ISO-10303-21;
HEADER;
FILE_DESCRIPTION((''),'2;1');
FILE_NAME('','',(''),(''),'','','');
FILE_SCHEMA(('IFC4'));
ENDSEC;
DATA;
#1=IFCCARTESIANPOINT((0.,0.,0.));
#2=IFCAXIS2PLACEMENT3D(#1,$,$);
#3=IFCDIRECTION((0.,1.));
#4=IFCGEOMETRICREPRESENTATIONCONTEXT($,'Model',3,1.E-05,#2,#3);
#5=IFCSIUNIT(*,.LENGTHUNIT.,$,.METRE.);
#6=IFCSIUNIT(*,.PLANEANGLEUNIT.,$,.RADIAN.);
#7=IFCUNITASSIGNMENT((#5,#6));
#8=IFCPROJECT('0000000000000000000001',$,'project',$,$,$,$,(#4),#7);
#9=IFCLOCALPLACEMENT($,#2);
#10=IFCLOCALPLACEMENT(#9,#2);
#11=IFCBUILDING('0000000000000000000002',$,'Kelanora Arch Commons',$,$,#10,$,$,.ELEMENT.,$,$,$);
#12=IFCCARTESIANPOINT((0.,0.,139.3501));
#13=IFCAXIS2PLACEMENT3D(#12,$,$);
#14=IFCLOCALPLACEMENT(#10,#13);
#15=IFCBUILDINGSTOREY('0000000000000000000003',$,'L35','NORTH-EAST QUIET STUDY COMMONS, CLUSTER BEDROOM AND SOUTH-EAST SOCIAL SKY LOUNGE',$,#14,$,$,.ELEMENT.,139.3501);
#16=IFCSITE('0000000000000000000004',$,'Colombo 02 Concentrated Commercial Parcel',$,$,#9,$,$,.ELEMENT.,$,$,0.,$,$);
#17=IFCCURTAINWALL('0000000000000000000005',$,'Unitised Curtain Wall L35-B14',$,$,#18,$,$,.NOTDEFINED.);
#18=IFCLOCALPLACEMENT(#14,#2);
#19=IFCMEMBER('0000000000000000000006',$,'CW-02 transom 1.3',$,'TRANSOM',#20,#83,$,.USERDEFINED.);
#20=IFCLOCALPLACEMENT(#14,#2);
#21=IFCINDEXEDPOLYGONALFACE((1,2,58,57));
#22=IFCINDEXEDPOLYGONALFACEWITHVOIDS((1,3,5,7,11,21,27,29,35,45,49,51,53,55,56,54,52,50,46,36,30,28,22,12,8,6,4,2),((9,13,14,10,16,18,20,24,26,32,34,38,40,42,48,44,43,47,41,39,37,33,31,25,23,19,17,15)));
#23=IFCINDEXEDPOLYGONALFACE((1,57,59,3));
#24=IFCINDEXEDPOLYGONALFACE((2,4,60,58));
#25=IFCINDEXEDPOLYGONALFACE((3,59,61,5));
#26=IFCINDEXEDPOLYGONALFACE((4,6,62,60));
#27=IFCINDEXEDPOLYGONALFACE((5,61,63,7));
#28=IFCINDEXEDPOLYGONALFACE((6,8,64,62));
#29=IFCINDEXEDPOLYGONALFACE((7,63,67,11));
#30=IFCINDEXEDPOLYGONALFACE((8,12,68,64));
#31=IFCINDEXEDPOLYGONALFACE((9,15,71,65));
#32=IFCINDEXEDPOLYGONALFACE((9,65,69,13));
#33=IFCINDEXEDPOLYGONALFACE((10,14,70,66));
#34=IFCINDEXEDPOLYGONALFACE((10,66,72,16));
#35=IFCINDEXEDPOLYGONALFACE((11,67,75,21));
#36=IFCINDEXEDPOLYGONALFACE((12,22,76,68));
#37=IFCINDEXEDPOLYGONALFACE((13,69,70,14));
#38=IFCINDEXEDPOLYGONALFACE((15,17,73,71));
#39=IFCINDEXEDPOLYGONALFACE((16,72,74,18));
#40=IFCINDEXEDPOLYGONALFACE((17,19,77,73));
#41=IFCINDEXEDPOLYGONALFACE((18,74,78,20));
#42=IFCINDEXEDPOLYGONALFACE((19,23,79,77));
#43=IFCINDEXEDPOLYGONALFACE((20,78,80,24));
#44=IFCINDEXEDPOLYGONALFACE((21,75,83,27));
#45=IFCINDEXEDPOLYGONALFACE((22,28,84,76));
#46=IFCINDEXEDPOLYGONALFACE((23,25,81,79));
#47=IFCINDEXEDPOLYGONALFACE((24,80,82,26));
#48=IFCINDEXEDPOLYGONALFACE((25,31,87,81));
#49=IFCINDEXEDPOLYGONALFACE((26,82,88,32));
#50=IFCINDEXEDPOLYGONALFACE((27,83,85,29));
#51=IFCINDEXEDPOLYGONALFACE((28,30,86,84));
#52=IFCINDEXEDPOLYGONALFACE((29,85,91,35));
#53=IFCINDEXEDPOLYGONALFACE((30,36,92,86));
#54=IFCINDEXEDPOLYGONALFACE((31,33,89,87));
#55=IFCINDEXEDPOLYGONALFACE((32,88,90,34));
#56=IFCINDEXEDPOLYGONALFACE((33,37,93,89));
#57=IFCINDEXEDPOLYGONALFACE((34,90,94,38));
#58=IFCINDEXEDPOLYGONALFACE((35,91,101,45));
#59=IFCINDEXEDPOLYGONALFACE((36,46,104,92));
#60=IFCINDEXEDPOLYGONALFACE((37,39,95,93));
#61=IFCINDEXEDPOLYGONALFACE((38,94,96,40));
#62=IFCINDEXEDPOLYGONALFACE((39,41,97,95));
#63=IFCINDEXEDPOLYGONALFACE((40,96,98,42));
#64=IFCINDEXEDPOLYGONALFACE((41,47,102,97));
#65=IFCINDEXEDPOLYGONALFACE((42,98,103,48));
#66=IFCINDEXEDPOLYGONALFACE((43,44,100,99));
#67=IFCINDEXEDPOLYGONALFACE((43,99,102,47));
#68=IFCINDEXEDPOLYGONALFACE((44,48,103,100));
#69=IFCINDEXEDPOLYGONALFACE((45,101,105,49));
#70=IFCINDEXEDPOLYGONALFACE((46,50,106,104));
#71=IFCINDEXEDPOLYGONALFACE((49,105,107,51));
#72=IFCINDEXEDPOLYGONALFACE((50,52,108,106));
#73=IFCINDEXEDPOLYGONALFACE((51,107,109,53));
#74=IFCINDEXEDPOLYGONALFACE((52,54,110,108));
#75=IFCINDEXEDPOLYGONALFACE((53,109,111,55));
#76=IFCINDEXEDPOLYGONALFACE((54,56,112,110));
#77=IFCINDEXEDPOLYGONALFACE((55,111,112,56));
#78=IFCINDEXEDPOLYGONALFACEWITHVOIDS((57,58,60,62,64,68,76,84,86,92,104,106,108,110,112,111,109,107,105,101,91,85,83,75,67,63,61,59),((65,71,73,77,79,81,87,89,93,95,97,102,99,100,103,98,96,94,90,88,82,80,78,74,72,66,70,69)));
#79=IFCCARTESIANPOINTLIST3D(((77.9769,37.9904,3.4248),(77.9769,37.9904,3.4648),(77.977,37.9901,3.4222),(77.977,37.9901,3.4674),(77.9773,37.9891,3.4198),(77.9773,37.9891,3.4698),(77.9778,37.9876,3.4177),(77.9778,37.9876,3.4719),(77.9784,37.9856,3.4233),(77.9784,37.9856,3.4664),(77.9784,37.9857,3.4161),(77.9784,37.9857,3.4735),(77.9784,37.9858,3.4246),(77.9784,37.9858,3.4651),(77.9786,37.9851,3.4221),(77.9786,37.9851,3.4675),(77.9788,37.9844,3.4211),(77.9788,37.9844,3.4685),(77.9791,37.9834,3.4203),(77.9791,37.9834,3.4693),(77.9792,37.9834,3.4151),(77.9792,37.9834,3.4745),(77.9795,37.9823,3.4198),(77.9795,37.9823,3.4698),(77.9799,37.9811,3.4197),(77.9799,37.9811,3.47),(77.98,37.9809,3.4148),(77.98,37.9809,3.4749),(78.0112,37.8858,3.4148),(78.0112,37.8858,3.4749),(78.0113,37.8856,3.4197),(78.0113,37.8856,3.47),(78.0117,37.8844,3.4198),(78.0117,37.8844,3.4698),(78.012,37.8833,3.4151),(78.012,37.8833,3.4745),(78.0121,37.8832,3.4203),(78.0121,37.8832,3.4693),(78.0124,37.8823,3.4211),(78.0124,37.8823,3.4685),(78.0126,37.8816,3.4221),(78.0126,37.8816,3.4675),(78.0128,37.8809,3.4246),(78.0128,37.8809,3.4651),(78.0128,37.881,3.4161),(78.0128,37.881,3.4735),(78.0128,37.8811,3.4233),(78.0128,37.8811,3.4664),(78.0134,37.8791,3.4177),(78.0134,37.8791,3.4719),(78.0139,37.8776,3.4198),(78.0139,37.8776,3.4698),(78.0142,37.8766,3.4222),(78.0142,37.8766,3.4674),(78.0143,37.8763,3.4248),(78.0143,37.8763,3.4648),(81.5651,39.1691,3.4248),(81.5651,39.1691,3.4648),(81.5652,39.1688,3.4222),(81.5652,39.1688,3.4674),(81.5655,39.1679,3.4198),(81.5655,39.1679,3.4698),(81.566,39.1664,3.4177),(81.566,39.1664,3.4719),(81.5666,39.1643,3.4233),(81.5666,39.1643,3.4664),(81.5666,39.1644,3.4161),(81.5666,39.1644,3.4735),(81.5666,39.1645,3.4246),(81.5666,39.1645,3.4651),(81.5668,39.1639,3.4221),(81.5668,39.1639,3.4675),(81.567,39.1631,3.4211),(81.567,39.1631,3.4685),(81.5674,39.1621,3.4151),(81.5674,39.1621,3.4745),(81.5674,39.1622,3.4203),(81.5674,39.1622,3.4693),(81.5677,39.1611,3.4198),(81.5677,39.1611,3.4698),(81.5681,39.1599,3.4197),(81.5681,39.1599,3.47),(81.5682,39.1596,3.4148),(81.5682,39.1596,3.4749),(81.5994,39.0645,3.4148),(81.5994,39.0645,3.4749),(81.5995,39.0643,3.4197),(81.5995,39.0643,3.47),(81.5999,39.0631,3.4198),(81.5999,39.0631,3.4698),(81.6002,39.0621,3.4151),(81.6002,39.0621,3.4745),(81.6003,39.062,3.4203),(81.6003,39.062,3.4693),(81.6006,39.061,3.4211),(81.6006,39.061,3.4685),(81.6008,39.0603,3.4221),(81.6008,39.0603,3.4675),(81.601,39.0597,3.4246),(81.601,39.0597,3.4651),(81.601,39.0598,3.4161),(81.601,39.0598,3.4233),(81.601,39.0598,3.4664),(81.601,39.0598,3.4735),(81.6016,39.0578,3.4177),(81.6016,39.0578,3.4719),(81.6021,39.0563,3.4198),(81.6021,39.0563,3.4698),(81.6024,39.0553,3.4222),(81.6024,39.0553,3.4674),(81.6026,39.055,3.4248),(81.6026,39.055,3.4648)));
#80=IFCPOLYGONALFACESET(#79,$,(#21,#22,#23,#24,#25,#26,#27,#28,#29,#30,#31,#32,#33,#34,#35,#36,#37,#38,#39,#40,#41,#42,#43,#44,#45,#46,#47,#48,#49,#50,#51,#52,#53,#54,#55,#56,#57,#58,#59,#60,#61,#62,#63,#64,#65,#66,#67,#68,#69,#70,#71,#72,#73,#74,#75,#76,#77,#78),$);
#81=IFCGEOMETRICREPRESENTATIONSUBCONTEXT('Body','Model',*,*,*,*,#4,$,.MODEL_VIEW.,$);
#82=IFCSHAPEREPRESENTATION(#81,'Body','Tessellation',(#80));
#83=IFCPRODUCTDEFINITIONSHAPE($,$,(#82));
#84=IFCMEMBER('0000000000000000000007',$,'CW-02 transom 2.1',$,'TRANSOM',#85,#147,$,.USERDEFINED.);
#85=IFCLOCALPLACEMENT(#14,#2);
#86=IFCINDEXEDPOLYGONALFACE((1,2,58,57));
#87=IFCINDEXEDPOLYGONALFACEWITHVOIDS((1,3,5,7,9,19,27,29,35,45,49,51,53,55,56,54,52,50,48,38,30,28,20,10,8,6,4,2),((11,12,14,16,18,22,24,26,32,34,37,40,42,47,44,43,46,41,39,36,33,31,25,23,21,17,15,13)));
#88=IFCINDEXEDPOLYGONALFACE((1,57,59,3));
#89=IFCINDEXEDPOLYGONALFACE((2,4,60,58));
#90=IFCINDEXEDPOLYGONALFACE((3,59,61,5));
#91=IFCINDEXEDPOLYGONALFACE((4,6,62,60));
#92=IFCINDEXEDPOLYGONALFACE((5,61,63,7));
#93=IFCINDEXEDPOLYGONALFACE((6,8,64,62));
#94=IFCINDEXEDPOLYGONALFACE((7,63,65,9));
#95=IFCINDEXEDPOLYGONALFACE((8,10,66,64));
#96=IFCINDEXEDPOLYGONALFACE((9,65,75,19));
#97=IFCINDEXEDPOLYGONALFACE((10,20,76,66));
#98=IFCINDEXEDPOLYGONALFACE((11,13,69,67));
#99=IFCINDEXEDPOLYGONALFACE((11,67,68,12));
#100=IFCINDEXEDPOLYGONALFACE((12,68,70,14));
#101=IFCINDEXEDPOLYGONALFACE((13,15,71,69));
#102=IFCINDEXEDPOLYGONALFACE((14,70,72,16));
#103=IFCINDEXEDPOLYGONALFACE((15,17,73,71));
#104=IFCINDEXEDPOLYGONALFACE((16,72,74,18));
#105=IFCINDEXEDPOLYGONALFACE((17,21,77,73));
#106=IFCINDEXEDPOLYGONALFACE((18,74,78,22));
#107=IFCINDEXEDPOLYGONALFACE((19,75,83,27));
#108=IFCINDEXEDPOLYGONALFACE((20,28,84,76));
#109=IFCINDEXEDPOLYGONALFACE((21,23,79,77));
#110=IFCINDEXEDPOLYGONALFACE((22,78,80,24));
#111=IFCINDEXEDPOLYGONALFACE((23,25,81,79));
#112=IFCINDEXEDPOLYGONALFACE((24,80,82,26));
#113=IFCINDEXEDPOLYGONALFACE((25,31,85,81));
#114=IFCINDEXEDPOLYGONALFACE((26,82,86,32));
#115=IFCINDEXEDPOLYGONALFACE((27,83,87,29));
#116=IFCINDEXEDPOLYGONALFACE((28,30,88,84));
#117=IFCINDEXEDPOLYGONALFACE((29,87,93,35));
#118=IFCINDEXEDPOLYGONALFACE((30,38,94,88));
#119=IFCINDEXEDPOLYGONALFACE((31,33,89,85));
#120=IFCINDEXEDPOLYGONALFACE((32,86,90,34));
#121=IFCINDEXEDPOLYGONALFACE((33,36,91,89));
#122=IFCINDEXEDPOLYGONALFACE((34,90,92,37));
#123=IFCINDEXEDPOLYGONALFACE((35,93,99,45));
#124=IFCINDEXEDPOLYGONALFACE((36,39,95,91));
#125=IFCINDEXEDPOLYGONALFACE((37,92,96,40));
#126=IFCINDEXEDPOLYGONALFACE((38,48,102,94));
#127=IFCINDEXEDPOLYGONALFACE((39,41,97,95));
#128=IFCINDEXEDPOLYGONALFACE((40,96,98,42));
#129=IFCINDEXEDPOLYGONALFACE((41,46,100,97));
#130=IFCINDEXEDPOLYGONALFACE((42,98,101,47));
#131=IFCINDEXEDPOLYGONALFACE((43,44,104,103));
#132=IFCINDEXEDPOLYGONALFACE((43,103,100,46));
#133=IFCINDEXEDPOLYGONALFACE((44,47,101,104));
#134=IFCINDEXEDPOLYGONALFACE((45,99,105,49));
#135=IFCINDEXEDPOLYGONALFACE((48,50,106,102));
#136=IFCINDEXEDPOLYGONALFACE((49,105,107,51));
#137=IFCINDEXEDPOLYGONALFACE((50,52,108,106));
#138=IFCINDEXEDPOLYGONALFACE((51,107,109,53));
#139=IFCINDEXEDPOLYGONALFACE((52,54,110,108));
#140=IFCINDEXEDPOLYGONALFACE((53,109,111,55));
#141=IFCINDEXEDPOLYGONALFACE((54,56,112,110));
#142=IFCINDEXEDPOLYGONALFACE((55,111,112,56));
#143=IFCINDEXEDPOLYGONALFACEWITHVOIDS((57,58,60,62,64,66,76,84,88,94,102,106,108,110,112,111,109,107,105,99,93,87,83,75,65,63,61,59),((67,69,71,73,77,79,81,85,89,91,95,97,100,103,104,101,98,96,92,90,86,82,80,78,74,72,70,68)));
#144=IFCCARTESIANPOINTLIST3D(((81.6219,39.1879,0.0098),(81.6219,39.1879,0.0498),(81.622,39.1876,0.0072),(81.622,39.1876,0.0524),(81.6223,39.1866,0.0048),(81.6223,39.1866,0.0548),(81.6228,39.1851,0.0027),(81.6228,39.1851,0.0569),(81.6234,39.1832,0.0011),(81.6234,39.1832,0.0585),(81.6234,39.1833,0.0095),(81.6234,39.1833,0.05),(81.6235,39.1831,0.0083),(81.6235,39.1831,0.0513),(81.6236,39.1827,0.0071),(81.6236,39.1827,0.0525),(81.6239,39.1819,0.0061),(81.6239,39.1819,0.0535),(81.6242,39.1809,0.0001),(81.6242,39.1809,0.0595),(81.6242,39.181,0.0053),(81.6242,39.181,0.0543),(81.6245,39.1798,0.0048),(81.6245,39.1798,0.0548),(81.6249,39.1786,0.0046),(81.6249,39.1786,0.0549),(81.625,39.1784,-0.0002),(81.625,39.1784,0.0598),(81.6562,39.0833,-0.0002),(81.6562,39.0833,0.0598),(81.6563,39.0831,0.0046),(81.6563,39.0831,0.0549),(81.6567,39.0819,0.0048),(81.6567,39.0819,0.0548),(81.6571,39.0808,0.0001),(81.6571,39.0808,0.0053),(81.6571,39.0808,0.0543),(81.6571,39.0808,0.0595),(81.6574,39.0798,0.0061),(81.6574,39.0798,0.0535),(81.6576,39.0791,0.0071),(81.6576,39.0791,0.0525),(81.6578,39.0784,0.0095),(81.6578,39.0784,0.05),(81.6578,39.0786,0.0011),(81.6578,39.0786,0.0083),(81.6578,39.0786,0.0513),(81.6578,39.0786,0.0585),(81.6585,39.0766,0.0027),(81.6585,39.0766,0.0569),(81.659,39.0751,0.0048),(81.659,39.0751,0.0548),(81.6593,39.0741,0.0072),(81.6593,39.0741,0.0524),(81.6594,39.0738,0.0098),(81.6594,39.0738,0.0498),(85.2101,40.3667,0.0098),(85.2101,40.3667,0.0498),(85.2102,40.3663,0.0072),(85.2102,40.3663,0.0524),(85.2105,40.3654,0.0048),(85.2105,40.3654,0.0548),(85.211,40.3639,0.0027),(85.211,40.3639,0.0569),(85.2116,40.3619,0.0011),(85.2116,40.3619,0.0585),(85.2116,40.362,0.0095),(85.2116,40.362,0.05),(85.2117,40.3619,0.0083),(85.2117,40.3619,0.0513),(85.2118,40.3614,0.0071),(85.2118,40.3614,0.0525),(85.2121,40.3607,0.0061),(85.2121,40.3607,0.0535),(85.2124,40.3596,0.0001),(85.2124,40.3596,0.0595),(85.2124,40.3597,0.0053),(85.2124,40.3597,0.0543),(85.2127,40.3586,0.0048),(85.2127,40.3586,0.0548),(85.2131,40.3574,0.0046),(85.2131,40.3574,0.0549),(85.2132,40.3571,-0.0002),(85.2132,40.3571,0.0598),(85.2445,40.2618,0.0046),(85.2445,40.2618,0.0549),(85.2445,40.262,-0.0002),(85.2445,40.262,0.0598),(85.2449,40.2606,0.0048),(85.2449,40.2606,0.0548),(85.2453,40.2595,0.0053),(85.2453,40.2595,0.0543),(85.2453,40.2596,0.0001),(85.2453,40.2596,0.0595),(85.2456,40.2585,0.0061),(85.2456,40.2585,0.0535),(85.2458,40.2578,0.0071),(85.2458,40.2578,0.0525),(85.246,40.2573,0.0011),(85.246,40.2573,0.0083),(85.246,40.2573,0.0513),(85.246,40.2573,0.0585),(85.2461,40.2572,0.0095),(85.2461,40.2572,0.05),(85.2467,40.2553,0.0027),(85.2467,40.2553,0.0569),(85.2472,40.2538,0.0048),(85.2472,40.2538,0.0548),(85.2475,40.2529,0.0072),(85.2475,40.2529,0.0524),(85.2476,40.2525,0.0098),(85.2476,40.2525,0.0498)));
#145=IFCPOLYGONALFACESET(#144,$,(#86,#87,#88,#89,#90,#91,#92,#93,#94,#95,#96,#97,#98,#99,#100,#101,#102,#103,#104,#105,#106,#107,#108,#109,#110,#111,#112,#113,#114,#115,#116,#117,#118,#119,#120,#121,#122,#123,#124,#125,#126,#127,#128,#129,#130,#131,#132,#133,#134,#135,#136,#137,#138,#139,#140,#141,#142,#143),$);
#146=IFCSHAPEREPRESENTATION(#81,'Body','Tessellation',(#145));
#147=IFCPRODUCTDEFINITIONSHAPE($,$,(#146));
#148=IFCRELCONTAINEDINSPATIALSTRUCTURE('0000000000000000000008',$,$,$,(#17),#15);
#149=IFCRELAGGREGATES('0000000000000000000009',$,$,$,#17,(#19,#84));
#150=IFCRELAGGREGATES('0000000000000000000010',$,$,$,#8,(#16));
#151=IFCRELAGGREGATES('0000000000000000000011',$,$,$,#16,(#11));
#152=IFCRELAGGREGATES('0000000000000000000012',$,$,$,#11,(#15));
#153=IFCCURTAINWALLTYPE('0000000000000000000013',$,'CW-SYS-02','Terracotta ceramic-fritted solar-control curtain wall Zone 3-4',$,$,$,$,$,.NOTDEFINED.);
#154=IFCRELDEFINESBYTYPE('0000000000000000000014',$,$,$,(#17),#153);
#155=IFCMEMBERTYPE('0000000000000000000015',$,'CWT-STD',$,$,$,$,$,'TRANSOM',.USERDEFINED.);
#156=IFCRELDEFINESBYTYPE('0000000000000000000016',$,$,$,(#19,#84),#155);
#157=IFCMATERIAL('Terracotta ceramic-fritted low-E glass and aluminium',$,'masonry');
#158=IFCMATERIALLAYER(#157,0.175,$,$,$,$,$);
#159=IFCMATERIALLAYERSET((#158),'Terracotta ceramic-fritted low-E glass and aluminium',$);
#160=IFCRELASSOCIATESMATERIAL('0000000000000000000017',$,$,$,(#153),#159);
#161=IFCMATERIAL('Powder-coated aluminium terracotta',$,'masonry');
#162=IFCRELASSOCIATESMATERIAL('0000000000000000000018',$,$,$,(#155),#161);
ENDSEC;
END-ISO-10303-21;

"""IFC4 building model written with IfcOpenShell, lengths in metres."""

from ifc_helpers import new_model, si_unit, direction, frame, origin, origin_2d, place, context, subcontext, project, spatial, hollow_rectangle, extrude, material, layer, layer_set, material_profile, profile_set, type_object, element, aggregate, save


model = new_model("IFC4")

# Units and contexts
model_context = context("Model", 3, precision=1e-05, world=origin(), true_north=direction((0.0, 1.0)))
body_context = subcontext(model_context, "Body", "Model", "MODEL_VIEW")
ifc_project = project(units=[si_unit("LENGTHUNIT", "METRE"), si_unit("PLANEANGLEUNIT", "RADIAN")], contexts=[model_context])

# Site, building, storey
site_placement = place(None, origin())
site = spatial("IfcSite", under=ifc_project, at=site_placement, Name="Colombo 02 Concentrated Commercial Parcel", CompositionType="ELEMENT", RefElevation=0.0)
building_placement = place(site_placement, origin())
building = spatial("IfcBuilding", under=site, at=building_placement, Name="Kelanora Arch Commons", CompositionType="ELEMENT")
storey_placement = place(building_placement, frame((0.0, 0.0, 139.3501)))
storey = spatial("IfcBuildingStorey", under=building, at=storey_placement, Name="L35", Description="NORTH-EAST QUIET STUDY COMMONS, CLUSTER BEDROOM AND SOUTH-EAST SOCIAL SKY LOUNGE", CompositionType="ELEMENT", Elevation=139.3501)

# Curtain wall, members
ifc_material_1 = material(Name="Terracotta ceramic-fritted low-E glass and aluminium", Category="masonry")
ifc_layer_1 = layer(ifc_material_1, 0.175)
ifc_layer_set_1 = layer_set([ifc_layer_1], Name="Terracotta ceramic-fritted low-E glass and aluminium")
curtain_wall_type = type_object("IfcCurtainWallType", Name="CW-SYS-02", Description="Terracotta ceramic-fritted solar-control curtain wall Zone 3-4", PredefinedType="NOTDEFINED", material=ifc_layer_set_1)
curtain_wall_placement = place(storey_placement, origin())
curtain_wall = element("IfcCurtainWall", 1, at=curtain_wall_placement, inside=storey, type_object=curtain_wall_type, Name="Unitised Curtain Wall L35-B14", PredefinedType="NOTDEFINED")
ifc_material_2 = material(Name="Powder-coated aluminium terracotta", Category="masonry")
ifc_material_profile_1 = material_profile(ifc_material_2, hollow_rectangle(XDim=0.1201, YDim=0.0601, WallThickness=0.0049, InnerFilletRadius=0.0049, OuterFilletRadius=0.01, at=origin_2d()), Name="CWT120x60")
ifc_profile_set_1 = profile_set([ifc_material_profile_1], Name="Powder-coated aluminium terracotta")
member_type_1 = type_object("IfcMemberType", Name="CWT-STD", ElementType="TRANSOM", PredefinedType="USERDEFINED", material=ifc_profile_set_1)
member_1_placement = place(storey_placement, frame((77.9956, 37.9333, 3.4448), z_axis=(0.950051, 0.312094, 0.0), x_axis=(-0.312094, 0.950051, 0.0)))
member_1 = element("IfcMember", 2, at=member_1_placement, type_object=member_type_1, Name="CW-02 transom 1.3", ObjectType="TRANSOM", PredefinedType="USERDEFINED", context=body_context, shape_type="SweptSolid", body=[
    extrude(hollow_rectangle(XDim=0.1201, YDim=0.0601, WallThickness=0.0049, InnerFilletRadius=0.0049, OuterFilletRadius=0.01, at=origin_2d()), origin(), (0.0, 0.0, 1.0), 3.7769),
])
member_2_placement = place(storey_placement, frame((81.6406, 39.1309, 0.0298), z_axis=(0.950051, 0.312094, 0.0), x_axis=(-0.312094, 0.950051, 0.0)))
member_2 = element("IfcMember", 3, at=member_2_placement, type_object=member_type_1, Name="CW-02 transom 2.1", ObjectType="TRANSOM", PredefinedType="USERDEFINED", context=body_context, shape_type="SweptSolid", body=[
    extrude(hollow_rectangle(XDim=0.1201, YDim=0.0601, WallThickness=0.0049, InnerFilletRadius=0.0049, OuterFilletRadius=0.01, at=origin_2d()), origin(), (0.0, 0.0, 1.0), 3.7769),
])
aggregate(curtain_wall, [member_1, member_2])

save(model, "model.ifc")
